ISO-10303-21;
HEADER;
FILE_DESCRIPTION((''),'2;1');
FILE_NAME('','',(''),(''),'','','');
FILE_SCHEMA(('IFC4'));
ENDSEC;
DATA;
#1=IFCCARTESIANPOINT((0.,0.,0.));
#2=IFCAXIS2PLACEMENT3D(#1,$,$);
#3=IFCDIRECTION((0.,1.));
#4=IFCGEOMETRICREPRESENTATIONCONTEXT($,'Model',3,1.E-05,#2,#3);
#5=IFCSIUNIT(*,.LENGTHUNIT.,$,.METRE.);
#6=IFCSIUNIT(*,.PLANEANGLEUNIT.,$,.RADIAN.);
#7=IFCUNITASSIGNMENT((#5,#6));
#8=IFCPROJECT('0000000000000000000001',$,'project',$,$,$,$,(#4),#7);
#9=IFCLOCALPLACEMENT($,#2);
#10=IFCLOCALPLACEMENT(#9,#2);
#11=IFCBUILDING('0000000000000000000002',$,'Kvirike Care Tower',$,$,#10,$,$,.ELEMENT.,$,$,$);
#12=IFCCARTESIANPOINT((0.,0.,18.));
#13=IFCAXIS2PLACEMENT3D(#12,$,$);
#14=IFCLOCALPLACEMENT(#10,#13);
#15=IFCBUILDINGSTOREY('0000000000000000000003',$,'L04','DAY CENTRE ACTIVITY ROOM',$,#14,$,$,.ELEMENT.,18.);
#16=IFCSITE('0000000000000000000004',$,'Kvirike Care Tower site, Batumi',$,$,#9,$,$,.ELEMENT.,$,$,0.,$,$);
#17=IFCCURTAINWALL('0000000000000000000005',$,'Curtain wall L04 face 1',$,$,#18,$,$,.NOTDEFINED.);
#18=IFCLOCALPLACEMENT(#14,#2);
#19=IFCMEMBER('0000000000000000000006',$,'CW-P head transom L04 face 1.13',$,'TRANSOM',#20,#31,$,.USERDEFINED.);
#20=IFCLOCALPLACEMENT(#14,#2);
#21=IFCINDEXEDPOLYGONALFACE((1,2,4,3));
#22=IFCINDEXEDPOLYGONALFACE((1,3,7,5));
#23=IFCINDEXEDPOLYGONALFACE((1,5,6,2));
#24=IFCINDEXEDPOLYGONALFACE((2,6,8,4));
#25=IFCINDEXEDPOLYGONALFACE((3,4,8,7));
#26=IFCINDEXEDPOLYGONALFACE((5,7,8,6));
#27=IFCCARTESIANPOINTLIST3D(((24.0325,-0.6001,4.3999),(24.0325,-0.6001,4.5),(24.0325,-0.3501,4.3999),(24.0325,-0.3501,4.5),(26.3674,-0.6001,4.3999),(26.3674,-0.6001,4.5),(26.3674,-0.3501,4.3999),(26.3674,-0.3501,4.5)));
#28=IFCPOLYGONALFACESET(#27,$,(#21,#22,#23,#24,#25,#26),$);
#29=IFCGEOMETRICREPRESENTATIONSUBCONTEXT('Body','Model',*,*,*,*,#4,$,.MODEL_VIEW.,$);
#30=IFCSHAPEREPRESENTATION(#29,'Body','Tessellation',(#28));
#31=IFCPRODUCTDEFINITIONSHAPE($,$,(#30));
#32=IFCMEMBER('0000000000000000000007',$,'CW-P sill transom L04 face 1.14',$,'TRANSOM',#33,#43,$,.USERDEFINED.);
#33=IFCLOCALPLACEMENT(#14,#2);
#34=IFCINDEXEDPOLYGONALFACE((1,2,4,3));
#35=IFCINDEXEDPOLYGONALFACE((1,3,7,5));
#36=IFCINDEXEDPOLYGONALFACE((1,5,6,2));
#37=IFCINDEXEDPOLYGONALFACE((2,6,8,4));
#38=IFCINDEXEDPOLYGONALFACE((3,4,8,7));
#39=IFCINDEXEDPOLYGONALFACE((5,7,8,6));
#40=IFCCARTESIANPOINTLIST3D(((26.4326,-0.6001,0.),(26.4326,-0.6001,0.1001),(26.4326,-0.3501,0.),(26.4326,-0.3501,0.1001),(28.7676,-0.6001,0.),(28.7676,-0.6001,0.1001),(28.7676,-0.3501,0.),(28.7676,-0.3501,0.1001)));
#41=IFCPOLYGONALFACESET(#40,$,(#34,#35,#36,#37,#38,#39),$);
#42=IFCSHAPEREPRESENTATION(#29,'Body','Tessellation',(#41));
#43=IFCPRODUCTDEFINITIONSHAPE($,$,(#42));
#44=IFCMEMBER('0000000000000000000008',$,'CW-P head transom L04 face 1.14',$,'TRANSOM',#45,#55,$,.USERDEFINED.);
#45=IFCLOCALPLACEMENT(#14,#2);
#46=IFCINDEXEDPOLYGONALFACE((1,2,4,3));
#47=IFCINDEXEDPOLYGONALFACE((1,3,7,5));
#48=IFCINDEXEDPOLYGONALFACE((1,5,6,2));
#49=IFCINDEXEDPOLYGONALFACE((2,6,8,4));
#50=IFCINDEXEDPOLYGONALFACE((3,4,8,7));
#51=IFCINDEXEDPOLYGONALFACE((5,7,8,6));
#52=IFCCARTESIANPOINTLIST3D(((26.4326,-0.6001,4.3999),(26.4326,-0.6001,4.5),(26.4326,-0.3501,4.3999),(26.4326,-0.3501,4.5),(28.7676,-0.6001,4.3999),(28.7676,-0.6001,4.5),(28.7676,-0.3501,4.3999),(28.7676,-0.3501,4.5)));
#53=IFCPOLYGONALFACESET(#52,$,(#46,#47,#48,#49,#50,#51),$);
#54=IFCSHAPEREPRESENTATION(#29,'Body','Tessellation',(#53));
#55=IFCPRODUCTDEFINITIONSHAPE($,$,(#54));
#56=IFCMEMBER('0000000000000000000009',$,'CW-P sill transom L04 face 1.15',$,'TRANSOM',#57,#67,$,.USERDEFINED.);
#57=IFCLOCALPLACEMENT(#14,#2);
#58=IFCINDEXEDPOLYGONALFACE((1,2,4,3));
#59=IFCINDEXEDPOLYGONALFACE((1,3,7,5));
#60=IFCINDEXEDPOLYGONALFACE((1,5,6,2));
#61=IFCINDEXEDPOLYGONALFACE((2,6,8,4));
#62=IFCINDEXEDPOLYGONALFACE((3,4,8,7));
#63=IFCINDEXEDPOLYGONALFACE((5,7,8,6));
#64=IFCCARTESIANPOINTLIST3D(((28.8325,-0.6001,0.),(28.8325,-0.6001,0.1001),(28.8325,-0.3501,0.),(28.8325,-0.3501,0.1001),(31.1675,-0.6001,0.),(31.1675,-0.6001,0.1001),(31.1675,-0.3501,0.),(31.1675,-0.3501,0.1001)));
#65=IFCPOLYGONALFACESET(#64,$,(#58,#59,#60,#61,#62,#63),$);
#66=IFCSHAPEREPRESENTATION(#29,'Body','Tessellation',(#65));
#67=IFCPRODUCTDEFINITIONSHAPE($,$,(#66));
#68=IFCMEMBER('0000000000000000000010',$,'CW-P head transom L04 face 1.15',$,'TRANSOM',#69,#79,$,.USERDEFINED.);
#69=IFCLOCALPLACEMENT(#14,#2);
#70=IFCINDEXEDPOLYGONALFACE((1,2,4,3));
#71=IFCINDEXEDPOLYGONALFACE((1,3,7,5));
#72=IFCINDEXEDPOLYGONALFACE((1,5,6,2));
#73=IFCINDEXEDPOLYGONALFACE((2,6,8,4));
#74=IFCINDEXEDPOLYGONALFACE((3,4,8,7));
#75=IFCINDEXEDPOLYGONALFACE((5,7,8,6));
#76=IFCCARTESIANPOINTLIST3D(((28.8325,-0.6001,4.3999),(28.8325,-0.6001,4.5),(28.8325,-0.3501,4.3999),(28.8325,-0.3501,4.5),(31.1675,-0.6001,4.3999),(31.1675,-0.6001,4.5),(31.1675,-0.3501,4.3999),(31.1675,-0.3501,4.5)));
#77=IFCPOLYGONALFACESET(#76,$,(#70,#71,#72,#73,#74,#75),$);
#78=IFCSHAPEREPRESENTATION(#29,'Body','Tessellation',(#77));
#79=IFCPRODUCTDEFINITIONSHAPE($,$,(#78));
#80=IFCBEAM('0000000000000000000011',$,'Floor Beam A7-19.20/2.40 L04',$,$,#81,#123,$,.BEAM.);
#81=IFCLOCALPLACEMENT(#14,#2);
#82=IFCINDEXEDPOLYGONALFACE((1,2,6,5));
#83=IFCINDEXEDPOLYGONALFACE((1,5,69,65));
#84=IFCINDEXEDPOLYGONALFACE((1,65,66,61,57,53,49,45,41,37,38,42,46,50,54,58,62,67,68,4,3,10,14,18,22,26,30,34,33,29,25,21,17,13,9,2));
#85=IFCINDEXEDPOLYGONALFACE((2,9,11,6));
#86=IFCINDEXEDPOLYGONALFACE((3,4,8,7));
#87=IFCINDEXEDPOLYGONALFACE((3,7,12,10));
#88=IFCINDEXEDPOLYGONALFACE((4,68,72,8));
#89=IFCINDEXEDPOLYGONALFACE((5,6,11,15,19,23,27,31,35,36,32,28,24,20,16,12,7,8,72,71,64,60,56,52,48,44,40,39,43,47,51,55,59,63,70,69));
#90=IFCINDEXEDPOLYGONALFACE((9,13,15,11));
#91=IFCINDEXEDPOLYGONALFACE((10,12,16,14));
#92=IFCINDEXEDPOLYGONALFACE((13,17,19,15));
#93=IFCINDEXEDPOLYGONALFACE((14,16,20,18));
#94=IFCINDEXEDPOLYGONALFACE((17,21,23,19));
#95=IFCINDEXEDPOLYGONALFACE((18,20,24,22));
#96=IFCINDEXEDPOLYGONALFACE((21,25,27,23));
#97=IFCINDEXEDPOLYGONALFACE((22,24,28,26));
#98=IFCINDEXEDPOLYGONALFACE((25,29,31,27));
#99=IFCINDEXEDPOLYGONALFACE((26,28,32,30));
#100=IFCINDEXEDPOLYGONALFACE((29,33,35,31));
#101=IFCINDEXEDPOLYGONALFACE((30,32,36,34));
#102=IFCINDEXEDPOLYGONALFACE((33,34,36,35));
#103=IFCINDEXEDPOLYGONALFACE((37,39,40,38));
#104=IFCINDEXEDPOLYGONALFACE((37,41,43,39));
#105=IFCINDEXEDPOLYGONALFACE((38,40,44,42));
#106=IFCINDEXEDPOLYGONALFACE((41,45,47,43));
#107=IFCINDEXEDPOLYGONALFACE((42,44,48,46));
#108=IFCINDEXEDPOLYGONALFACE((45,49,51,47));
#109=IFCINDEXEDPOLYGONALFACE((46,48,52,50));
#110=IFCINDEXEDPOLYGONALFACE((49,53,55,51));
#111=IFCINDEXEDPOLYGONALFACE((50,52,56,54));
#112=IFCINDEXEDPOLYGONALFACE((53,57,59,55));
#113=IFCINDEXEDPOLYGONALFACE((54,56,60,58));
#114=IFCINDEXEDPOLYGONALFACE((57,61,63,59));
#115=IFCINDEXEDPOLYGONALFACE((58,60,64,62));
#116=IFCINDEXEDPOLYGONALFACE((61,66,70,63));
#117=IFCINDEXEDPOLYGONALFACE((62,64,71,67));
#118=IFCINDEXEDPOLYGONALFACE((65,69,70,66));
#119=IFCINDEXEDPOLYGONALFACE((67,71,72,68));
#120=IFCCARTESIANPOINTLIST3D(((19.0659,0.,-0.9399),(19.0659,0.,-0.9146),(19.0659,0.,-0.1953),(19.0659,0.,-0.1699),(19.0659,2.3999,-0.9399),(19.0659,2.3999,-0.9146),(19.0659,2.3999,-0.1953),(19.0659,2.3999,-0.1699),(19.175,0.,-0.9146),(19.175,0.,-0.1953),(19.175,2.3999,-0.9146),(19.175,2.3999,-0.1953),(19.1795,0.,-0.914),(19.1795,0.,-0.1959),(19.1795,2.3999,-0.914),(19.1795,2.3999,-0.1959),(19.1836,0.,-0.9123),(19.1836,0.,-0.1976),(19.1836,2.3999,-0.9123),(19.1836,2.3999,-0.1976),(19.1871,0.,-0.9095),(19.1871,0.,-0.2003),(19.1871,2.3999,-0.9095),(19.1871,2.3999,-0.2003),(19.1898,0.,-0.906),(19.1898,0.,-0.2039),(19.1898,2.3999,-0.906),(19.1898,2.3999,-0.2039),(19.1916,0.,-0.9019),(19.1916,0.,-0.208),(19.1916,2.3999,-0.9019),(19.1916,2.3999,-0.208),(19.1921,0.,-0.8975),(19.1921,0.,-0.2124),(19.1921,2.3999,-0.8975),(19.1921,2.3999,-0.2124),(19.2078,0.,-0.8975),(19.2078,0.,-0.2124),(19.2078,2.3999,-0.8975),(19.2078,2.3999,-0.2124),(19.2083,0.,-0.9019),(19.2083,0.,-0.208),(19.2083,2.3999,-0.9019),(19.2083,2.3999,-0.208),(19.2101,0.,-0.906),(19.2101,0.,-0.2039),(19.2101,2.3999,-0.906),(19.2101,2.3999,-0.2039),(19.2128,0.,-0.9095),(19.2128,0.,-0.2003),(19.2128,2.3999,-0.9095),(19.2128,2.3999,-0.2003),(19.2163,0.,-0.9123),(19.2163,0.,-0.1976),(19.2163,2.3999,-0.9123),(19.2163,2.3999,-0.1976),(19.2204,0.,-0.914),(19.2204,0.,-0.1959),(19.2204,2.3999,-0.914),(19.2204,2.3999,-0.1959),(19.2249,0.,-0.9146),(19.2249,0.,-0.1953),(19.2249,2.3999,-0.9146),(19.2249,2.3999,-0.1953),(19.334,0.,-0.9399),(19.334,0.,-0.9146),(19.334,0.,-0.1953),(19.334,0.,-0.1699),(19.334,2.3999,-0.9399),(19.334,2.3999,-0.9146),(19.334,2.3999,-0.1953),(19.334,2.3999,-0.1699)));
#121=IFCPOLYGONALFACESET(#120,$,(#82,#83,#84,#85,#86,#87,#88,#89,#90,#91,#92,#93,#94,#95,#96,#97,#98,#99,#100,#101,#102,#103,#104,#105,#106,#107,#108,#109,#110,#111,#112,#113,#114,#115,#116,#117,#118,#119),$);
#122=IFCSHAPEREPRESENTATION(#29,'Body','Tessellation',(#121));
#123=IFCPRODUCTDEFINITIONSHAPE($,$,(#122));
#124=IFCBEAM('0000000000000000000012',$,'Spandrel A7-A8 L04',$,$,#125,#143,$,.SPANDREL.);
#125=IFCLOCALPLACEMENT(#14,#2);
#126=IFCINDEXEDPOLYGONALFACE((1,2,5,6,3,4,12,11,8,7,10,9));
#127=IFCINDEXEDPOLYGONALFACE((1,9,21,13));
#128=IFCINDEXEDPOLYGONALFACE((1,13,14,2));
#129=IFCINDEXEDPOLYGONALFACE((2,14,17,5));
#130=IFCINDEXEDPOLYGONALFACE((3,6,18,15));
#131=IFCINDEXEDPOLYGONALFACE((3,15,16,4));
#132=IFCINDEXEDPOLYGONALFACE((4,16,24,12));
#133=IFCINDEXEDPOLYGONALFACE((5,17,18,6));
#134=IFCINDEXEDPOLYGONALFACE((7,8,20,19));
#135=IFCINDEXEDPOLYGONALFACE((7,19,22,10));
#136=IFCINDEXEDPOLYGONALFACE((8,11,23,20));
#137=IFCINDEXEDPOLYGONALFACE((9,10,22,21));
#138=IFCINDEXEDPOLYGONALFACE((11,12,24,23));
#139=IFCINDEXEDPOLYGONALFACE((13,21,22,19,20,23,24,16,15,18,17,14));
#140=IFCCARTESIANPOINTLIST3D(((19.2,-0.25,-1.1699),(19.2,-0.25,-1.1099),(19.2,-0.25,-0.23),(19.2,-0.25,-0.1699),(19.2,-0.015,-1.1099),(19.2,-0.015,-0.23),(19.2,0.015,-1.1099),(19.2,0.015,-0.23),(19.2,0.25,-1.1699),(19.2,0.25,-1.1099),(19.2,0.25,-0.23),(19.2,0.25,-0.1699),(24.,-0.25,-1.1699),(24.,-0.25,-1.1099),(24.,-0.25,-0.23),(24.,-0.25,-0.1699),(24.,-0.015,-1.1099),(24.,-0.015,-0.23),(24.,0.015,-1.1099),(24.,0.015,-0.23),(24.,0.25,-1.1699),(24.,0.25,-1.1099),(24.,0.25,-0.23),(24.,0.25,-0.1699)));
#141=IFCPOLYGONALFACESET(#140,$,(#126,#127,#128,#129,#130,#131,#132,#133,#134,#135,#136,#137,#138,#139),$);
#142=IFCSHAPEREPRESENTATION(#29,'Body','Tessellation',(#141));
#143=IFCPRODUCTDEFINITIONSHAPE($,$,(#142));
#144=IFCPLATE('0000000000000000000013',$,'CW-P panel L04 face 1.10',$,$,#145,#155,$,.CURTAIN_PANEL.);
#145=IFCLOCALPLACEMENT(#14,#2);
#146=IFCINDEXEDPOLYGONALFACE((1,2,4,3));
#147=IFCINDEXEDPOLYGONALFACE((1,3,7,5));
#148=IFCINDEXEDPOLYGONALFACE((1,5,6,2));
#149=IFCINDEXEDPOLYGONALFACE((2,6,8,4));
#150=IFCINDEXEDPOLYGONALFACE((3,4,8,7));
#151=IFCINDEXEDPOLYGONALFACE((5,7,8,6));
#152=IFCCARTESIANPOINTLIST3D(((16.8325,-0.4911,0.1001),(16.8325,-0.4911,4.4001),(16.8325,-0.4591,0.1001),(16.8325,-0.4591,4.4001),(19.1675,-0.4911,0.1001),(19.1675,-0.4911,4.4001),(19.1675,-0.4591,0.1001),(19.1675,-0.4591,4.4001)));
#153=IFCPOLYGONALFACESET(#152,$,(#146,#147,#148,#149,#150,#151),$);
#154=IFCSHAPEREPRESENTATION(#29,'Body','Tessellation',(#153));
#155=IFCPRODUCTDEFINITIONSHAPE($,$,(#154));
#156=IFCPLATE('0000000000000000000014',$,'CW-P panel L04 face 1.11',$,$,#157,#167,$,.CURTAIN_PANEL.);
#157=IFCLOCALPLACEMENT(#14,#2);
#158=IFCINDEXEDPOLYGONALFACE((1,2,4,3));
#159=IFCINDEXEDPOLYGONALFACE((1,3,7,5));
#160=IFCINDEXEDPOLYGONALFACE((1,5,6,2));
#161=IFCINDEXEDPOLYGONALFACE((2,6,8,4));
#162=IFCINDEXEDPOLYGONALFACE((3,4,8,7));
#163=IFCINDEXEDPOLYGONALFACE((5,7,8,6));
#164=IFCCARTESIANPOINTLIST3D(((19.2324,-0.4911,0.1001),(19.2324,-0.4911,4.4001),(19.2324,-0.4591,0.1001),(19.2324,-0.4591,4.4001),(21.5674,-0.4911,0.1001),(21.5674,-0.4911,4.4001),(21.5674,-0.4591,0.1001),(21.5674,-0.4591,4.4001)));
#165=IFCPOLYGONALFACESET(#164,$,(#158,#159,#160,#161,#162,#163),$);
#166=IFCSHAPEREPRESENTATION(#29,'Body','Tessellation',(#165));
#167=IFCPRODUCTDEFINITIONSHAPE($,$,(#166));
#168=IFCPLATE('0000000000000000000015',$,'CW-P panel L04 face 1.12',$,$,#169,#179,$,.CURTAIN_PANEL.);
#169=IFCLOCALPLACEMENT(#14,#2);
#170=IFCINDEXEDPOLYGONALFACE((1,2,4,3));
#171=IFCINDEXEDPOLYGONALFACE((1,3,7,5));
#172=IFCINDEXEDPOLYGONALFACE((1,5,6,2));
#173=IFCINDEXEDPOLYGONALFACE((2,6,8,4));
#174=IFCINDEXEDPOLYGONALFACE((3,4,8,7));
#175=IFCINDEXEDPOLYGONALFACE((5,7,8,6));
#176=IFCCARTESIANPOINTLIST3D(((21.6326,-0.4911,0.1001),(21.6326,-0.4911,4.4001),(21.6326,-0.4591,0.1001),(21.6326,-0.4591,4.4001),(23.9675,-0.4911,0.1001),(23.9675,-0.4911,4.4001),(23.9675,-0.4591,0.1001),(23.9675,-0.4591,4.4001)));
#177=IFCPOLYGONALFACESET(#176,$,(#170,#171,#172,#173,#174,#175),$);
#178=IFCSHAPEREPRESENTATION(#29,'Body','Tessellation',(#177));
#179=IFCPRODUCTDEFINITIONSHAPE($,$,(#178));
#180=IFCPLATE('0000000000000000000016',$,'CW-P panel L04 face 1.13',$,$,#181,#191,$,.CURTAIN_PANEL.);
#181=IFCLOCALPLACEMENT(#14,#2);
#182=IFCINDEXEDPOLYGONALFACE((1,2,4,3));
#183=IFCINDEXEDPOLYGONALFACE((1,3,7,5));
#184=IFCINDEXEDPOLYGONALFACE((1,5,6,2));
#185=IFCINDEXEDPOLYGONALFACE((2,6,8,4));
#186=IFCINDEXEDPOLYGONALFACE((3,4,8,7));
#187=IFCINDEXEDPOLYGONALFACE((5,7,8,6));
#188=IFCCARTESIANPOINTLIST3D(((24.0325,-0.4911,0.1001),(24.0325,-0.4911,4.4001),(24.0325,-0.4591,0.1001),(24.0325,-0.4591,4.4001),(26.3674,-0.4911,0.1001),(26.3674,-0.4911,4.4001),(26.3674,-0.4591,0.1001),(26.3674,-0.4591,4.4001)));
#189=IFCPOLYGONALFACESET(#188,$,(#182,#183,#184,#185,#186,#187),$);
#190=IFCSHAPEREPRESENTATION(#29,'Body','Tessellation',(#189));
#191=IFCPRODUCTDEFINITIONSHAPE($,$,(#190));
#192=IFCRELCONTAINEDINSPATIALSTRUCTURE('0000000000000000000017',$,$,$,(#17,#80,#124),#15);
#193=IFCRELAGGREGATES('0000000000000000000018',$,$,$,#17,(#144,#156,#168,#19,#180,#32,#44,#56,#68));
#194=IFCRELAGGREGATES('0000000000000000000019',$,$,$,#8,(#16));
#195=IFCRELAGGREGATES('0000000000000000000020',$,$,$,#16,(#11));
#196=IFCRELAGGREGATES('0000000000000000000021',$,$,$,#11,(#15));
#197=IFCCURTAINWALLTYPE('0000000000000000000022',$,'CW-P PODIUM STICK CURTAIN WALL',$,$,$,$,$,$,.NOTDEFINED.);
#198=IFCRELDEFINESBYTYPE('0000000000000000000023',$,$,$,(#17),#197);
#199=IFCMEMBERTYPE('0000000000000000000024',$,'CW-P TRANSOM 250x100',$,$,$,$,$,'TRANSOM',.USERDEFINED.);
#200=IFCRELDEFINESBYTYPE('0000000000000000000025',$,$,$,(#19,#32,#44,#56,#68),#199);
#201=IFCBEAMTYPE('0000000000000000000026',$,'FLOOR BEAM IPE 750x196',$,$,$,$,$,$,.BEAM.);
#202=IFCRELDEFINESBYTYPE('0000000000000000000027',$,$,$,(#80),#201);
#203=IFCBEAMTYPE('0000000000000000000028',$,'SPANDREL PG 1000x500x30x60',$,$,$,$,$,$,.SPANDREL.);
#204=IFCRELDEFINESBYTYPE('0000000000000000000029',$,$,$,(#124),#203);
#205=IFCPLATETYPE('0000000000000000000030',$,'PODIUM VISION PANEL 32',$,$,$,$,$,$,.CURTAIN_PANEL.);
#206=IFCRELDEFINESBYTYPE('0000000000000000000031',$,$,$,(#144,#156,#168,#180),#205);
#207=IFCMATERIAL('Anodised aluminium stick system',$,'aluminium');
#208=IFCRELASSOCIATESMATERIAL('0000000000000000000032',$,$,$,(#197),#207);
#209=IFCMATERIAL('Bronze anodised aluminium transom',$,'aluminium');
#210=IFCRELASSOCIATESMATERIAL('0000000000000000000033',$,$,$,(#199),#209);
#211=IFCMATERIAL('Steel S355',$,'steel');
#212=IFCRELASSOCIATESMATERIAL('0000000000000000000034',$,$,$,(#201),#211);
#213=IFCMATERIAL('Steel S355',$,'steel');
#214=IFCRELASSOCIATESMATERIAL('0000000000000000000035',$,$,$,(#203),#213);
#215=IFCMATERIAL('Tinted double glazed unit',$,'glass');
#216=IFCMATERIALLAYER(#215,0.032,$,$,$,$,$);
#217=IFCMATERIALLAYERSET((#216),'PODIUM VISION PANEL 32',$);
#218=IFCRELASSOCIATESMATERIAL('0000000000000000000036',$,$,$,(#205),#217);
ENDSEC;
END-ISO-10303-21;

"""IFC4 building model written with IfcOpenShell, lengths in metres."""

from ifc_helpers import new_model, si_unit, direction, frame, origin, origin_2d, place, context, subcontext, project, spatial, rectangle, i_section, extrude, material, layer, layer_set, material_profile, profile_set, type_object, element, aggregate, save


model = new_model("IFC4")

# Units and contexts
model_context = context("Model", 3, precision=1e-05, world=origin(), true_north=direction((0.0, 1.0)))
body_context = subcontext(model_context, "Body", "Model", "MODEL_VIEW")
ifc_project = project(units=[si_unit("LENGTHUNIT", "METRE"), si_unit("PLANEANGLEUNIT", "RADIAN")], contexts=[model_context])

# Site, building, storey
site_placement = place(None, origin())
site = spatial("IfcSite", under=ifc_project, at=site_placement, Name="Kvirike Care Tower site, Batumi", CompositionType="ELEMENT", RefElevation=0.0)
building_placement = place(site_placement, origin())
building = spatial("IfcBuilding", under=site, at=building_placement, Name="Kvirike Care Tower", CompositionType="ELEMENT")
storey_placement = place(building_placement, frame((0.0, 0.0, 18.0)))
storey = spatial("IfcBuildingStorey", under=building, at=storey_placement, Name="L04", Description="DAY CENTRE ACTIVITY ROOM", CompositionType="ELEMENT", Elevation=18.0)

# Curtain wall, members
ifc_material_1 = material(Name="Anodised aluminium stick system", Category="aluminium")
curtain_wall_type = type_object("IfcCurtainWallType", Name="CW-P PODIUM STICK CURTAIN WALL", PredefinedType="NOTDEFINED", material=ifc_material_1)
curtain_wall_placement = place(storey_placement, origin())
curtain_wall = element("IfcCurtainWall", 1, at=curtain_wall_placement, inside=storey, type_object=curtain_wall_type, Name="Curtain wall L04 face 1", PredefinedType="NOTDEFINED")
ifc_material_2 = material(Name="Bronze anodised aluminium transom", Category="aluminium")
ifc_material_profile_1 = material_profile(ifc_material_2, rectangle(XDim=0.25, YDim=0.1001, at=origin_2d()), Name="CW-P TRANSOM 250x100")
ifc_profile_set_1 = profile_set([ifc_material_profile_1], Name="Bronze anodised aluminium transom")
member_type_1 = type_object("IfcMemberType", Name="CW-P TRANSOM 250x100", ElementType="TRANSOM", PredefinedType="USERDEFINED", material=ifc_profile_set_1)
member_1_placement = place(storey_placement, frame((24.0325, -0.4751, 4.45), z_axis=(1.0, 0.0, 0.0), x_axis=(0.0, 1.0, 0.0)))
member_1 = element("IfcMember", 2, at=member_1_placement, type_object=member_type_1, Name="CW-P head transom L04 face 1.13", ObjectType="TRANSOM", PredefinedType="USERDEFINED", context=body_context, shape_type="SweptSolid", body=[
    extrude(rectangle(XDim=0.25, YDim=0.1001, at=origin_2d()), origin(), (0.0, 0.0, 1.0), 2.335),
])
member_2_placement = place(storey_placement, frame((26.4326, -0.4751, 0.05), z_axis=(1.0, 0.0, 0.0), x_axis=(0.0, 1.0, 0.0)))
member_2 = element("IfcMember", 3, at=member_2_placement, type_object=member_type_1, Name="CW-P sill transom L04 face 1.14", ObjectType="TRANSOM", PredefinedType="USERDEFINED", context=body_context, shape_type="SweptSolid", body=[
    extrude(rectangle(XDim=0.25, YDim=0.1001, at=origin_2d()), origin(), (0.0, 0.0, 1.0), 2.335),
])
member_3_placement = place(storey_placement, frame((26.4326, -0.4751, 4.45), z_axis=(1.0, 0.0, 0.0), x_axis=(0.0, 1.0, 0.0)))
member_3 = element("IfcMember", 4, at=member_3_placement, type_object=member_type_1, Name="CW-P head transom L04 face 1.14", ObjectType="TRANSOM", PredefinedType="USERDEFINED", context=body_context, shape_type="SweptSolid", body=[
    extrude(rectangle(XDim=0.25, YDim=0.1001, at=origin_2d()), origin(), (0.0, 0.0, 1.0), 2.335),
])
member_4_placement = place(storey_placement, frame((28.8325, -0.4751, 0.05), z_axis=(1.0, 0.0, 0.0), x_axis=(0.0, 1.0, 0.0)))
member_4 = element("IfcMember", 5, at=member_4_placement, type_object=member_type_1, Name="CW-P sill transom L04 face 1.15", ObjectType="TRANSOM", PredefinedType="USERDEFINED", context=body_context, shape_type="SweptSolid", body=[
    extrude(rectangle(XDim=0.25, YDim=0.1001, at=origin_2d()), origin(), (0.0, 0.0, 1.0), 2.335),
])
member_5_placement = place(storey_placement, frame((28.8325, -0.4751, 4.45), z_axis=(1.0, 0.0, 0.0), x_axis=(0.0, 1.0, 0.0)))
member_5 = element("IfcMember", 6, at=member_5_placement, type_object=member_type_1, Name="CW-P head transom L04 face 1.15", ObjectType="TRANSOM", PredefinedType="USERDEFINED", context=body_context, shape_type="SweptSolid", body=[
    extrude(rectangle(XDim=0.25, YDim=0.1001, at=origin_2d()), origin(), (0.0, 0.0, 1.0), 2.335),
])

# Beams
ifc_material_3 = material(Name="Steel S355", Category="steel")
ifc_material_profile_2 = material_profile(ifc_material_3, i_section(OverallWidth=0.2681, OverallDepth=0.77, WebThickness=0.0156, FlangeThickness=0.0254, FilletRadius=0.0171, at=origin_2d()), Name="IPE 750x196")
ifc_profile_set_2 = profile_set([ifc_material_profile_2], Name="Steel S355")
beam_type_1 = type_object("IfcBeamType", Name="FLOOR BEAM IPE 750x196", PredefinedType="BEAM", material=ifc_profile_set_2)
beam_1_placement = place(storey_placement, frame((19.2, 0.0, -0.5549), z_axis=(0.0, 1.0, 0.0), x_axis=(-1.0, 0.0, 0.0)))
element("IfcBeam", 7, at=beam_1_placement, inside=storey, type_object=beam_type_1, Name="Floor Beam A7-19.20/2.40 L04", PredefinedType="BEAM", context=body_context, shape_type="SweptSolid", body=[
    extrude(i_section(OverallWidth=0.2681, OverallDepth=0.77, WebThickness=0.0156, FlangeThickness=0.0254, FilletRadius=0.0171, at=origin_2d()), origin(), (0.0, 0.0, 1.0), 2.3999),
])
ifc_material_4 = material(Name="Steel S355", Category="steel")
ifc_material_profile_3 = material_profile(ifc_material_4, i_section(OverallWidth=0.5, OverallDepth=1.0, WebThickness=0.03, FlangeThickness=0.0601, at=origin_2d()), Name="PG 1000x500x30x60")
ifc_profile_set_3 = profile_set([ifc_material_profile_3], Name="Steel S355")
beam_type_2 = type_object("IfcBeamType", Name="SPANDREL PG 1000x500x30x60", PredefinedType="SPANDREL", material=ifc_profile_set_3)
beam_2_placement = place(storey_placement, frame((19.2, 0.0, -0.6699), z_axis=(1.0, 0.0, 0.0), x_axis=(0.0, 1.0, 0.0)))
element("IfcBeam", 8, at=beam_2_placement, inside=storey, type_object=beam_type_2, Name="Spandrel A7-A8 L04", PredefinedType="SPANDREL", context=body_context, shape_type="SweptSolid", body=[
    extrude(i_section(OverallWidth=0.5, OverallDepth=1.0, WebThickness=0.03, FlangeThickness=0.0601, at=origin_2d()), origin(), (0.0, 0.0, 1.0), 4.8),
])

# Plates
ifc_material_5 = material(Name="Tinted double glazed unit", Category="glass")
ifc_layer = layer(ifc_material_5, 0.032)
ifc_layer_set = layer_set([ifc_layer], Name="PODIUM VISION PANEL 32")
plate_type = type_object("IfcPlateType", Name="PODIUM VISION PANEL 32", PredefinedType="CURTAIN_PANEL", material=ifc_layer_set)
plate_1_placement = place(storey_placement, frame((18.0, -0.4751, 0.1001), z_axis=(0.0, 0.0, 1.0), x_axis=(1.0, 0.0, 0.0)))
plate_1 = element("IfcPlate", 9, at=plate_1_placement, type_object=plate_type, Name="CW-P panel L04 face 1.10", PredefinedType="CURTAIN_PANEL", context=body_context, shape_type="SweptSolid", body=[
    extrude(rectangle(XDim=2.335, YDim=0.032, at=origin_2d()), origin(), (0.0, 0.0, 1.0), 4.3),
])
plate_2_placement = place(storey_placement, frame((20.3999, -0.4751, 0.1001), z_axis=(0.0, 0.0, 1.0), x_axis=(1.0, 0.0, 0.0)))
plate_2 = element("IfcPlate", 10, at=plate_2_placement, type_object=plate_type, Name="CW-P panel L04 face 1.11", PredefinedType="CURTAIN_PANEL", context=body_context, shape_type="SweptSolid", body=[
    extrude(rectangle(XDim=2.335, YDim=0.032, at=origin_2d()), origin(), (0.0, 0.0, 1.0), 4.3),
])
plate_3_placement = place(storey_placement, frame((22.8, -0.4751, 0.1001), z_axis=(0.0, 0.0, 1.0), x_axis=(1.0, 0.0, 0.0)))
plate_3 = element("IfcPlate", 11, at=plate_3_placement, type_object=plate_type, Name="CW-P panel L04 face 1.12", PredefinedType="CURTAIN_PANEL", context=body_context, shape_type="SweptSolid", body=[
    extrude(rectangle(XDim=2.335, YDim=0.032, at=origin_2d()), origin(), (0.0, 0.0, 1.0), 4.3),
])
plate_4_placement = place(storey_placement, frame((25.2, -0.4751, 0.1001), z_axis=(0.0, 0.0, 1.0), x_axis=(1.0, 0.0, 0.0)))
plate_4 = element("IfcPlate", 12, at=plate_4_placement, type_object=plate_type, Name="CW-P panel L04 face 1.13", PredefinedType="CURTAIN_PANEL", context=body_context, shape_type="SweptSolid", body=[
    extrude(rectangle(XDim=2.335, YDim=0.032, at=origin_2d()), origin(), (0.0, 0.0, 1.0), 4.3),
])
aggregate(curtain_wall, [plate_1, plate_2, plate_3, member_1, plate_4, member_2, member_3, member_4, member_5])

save(model, "model.ifc")
